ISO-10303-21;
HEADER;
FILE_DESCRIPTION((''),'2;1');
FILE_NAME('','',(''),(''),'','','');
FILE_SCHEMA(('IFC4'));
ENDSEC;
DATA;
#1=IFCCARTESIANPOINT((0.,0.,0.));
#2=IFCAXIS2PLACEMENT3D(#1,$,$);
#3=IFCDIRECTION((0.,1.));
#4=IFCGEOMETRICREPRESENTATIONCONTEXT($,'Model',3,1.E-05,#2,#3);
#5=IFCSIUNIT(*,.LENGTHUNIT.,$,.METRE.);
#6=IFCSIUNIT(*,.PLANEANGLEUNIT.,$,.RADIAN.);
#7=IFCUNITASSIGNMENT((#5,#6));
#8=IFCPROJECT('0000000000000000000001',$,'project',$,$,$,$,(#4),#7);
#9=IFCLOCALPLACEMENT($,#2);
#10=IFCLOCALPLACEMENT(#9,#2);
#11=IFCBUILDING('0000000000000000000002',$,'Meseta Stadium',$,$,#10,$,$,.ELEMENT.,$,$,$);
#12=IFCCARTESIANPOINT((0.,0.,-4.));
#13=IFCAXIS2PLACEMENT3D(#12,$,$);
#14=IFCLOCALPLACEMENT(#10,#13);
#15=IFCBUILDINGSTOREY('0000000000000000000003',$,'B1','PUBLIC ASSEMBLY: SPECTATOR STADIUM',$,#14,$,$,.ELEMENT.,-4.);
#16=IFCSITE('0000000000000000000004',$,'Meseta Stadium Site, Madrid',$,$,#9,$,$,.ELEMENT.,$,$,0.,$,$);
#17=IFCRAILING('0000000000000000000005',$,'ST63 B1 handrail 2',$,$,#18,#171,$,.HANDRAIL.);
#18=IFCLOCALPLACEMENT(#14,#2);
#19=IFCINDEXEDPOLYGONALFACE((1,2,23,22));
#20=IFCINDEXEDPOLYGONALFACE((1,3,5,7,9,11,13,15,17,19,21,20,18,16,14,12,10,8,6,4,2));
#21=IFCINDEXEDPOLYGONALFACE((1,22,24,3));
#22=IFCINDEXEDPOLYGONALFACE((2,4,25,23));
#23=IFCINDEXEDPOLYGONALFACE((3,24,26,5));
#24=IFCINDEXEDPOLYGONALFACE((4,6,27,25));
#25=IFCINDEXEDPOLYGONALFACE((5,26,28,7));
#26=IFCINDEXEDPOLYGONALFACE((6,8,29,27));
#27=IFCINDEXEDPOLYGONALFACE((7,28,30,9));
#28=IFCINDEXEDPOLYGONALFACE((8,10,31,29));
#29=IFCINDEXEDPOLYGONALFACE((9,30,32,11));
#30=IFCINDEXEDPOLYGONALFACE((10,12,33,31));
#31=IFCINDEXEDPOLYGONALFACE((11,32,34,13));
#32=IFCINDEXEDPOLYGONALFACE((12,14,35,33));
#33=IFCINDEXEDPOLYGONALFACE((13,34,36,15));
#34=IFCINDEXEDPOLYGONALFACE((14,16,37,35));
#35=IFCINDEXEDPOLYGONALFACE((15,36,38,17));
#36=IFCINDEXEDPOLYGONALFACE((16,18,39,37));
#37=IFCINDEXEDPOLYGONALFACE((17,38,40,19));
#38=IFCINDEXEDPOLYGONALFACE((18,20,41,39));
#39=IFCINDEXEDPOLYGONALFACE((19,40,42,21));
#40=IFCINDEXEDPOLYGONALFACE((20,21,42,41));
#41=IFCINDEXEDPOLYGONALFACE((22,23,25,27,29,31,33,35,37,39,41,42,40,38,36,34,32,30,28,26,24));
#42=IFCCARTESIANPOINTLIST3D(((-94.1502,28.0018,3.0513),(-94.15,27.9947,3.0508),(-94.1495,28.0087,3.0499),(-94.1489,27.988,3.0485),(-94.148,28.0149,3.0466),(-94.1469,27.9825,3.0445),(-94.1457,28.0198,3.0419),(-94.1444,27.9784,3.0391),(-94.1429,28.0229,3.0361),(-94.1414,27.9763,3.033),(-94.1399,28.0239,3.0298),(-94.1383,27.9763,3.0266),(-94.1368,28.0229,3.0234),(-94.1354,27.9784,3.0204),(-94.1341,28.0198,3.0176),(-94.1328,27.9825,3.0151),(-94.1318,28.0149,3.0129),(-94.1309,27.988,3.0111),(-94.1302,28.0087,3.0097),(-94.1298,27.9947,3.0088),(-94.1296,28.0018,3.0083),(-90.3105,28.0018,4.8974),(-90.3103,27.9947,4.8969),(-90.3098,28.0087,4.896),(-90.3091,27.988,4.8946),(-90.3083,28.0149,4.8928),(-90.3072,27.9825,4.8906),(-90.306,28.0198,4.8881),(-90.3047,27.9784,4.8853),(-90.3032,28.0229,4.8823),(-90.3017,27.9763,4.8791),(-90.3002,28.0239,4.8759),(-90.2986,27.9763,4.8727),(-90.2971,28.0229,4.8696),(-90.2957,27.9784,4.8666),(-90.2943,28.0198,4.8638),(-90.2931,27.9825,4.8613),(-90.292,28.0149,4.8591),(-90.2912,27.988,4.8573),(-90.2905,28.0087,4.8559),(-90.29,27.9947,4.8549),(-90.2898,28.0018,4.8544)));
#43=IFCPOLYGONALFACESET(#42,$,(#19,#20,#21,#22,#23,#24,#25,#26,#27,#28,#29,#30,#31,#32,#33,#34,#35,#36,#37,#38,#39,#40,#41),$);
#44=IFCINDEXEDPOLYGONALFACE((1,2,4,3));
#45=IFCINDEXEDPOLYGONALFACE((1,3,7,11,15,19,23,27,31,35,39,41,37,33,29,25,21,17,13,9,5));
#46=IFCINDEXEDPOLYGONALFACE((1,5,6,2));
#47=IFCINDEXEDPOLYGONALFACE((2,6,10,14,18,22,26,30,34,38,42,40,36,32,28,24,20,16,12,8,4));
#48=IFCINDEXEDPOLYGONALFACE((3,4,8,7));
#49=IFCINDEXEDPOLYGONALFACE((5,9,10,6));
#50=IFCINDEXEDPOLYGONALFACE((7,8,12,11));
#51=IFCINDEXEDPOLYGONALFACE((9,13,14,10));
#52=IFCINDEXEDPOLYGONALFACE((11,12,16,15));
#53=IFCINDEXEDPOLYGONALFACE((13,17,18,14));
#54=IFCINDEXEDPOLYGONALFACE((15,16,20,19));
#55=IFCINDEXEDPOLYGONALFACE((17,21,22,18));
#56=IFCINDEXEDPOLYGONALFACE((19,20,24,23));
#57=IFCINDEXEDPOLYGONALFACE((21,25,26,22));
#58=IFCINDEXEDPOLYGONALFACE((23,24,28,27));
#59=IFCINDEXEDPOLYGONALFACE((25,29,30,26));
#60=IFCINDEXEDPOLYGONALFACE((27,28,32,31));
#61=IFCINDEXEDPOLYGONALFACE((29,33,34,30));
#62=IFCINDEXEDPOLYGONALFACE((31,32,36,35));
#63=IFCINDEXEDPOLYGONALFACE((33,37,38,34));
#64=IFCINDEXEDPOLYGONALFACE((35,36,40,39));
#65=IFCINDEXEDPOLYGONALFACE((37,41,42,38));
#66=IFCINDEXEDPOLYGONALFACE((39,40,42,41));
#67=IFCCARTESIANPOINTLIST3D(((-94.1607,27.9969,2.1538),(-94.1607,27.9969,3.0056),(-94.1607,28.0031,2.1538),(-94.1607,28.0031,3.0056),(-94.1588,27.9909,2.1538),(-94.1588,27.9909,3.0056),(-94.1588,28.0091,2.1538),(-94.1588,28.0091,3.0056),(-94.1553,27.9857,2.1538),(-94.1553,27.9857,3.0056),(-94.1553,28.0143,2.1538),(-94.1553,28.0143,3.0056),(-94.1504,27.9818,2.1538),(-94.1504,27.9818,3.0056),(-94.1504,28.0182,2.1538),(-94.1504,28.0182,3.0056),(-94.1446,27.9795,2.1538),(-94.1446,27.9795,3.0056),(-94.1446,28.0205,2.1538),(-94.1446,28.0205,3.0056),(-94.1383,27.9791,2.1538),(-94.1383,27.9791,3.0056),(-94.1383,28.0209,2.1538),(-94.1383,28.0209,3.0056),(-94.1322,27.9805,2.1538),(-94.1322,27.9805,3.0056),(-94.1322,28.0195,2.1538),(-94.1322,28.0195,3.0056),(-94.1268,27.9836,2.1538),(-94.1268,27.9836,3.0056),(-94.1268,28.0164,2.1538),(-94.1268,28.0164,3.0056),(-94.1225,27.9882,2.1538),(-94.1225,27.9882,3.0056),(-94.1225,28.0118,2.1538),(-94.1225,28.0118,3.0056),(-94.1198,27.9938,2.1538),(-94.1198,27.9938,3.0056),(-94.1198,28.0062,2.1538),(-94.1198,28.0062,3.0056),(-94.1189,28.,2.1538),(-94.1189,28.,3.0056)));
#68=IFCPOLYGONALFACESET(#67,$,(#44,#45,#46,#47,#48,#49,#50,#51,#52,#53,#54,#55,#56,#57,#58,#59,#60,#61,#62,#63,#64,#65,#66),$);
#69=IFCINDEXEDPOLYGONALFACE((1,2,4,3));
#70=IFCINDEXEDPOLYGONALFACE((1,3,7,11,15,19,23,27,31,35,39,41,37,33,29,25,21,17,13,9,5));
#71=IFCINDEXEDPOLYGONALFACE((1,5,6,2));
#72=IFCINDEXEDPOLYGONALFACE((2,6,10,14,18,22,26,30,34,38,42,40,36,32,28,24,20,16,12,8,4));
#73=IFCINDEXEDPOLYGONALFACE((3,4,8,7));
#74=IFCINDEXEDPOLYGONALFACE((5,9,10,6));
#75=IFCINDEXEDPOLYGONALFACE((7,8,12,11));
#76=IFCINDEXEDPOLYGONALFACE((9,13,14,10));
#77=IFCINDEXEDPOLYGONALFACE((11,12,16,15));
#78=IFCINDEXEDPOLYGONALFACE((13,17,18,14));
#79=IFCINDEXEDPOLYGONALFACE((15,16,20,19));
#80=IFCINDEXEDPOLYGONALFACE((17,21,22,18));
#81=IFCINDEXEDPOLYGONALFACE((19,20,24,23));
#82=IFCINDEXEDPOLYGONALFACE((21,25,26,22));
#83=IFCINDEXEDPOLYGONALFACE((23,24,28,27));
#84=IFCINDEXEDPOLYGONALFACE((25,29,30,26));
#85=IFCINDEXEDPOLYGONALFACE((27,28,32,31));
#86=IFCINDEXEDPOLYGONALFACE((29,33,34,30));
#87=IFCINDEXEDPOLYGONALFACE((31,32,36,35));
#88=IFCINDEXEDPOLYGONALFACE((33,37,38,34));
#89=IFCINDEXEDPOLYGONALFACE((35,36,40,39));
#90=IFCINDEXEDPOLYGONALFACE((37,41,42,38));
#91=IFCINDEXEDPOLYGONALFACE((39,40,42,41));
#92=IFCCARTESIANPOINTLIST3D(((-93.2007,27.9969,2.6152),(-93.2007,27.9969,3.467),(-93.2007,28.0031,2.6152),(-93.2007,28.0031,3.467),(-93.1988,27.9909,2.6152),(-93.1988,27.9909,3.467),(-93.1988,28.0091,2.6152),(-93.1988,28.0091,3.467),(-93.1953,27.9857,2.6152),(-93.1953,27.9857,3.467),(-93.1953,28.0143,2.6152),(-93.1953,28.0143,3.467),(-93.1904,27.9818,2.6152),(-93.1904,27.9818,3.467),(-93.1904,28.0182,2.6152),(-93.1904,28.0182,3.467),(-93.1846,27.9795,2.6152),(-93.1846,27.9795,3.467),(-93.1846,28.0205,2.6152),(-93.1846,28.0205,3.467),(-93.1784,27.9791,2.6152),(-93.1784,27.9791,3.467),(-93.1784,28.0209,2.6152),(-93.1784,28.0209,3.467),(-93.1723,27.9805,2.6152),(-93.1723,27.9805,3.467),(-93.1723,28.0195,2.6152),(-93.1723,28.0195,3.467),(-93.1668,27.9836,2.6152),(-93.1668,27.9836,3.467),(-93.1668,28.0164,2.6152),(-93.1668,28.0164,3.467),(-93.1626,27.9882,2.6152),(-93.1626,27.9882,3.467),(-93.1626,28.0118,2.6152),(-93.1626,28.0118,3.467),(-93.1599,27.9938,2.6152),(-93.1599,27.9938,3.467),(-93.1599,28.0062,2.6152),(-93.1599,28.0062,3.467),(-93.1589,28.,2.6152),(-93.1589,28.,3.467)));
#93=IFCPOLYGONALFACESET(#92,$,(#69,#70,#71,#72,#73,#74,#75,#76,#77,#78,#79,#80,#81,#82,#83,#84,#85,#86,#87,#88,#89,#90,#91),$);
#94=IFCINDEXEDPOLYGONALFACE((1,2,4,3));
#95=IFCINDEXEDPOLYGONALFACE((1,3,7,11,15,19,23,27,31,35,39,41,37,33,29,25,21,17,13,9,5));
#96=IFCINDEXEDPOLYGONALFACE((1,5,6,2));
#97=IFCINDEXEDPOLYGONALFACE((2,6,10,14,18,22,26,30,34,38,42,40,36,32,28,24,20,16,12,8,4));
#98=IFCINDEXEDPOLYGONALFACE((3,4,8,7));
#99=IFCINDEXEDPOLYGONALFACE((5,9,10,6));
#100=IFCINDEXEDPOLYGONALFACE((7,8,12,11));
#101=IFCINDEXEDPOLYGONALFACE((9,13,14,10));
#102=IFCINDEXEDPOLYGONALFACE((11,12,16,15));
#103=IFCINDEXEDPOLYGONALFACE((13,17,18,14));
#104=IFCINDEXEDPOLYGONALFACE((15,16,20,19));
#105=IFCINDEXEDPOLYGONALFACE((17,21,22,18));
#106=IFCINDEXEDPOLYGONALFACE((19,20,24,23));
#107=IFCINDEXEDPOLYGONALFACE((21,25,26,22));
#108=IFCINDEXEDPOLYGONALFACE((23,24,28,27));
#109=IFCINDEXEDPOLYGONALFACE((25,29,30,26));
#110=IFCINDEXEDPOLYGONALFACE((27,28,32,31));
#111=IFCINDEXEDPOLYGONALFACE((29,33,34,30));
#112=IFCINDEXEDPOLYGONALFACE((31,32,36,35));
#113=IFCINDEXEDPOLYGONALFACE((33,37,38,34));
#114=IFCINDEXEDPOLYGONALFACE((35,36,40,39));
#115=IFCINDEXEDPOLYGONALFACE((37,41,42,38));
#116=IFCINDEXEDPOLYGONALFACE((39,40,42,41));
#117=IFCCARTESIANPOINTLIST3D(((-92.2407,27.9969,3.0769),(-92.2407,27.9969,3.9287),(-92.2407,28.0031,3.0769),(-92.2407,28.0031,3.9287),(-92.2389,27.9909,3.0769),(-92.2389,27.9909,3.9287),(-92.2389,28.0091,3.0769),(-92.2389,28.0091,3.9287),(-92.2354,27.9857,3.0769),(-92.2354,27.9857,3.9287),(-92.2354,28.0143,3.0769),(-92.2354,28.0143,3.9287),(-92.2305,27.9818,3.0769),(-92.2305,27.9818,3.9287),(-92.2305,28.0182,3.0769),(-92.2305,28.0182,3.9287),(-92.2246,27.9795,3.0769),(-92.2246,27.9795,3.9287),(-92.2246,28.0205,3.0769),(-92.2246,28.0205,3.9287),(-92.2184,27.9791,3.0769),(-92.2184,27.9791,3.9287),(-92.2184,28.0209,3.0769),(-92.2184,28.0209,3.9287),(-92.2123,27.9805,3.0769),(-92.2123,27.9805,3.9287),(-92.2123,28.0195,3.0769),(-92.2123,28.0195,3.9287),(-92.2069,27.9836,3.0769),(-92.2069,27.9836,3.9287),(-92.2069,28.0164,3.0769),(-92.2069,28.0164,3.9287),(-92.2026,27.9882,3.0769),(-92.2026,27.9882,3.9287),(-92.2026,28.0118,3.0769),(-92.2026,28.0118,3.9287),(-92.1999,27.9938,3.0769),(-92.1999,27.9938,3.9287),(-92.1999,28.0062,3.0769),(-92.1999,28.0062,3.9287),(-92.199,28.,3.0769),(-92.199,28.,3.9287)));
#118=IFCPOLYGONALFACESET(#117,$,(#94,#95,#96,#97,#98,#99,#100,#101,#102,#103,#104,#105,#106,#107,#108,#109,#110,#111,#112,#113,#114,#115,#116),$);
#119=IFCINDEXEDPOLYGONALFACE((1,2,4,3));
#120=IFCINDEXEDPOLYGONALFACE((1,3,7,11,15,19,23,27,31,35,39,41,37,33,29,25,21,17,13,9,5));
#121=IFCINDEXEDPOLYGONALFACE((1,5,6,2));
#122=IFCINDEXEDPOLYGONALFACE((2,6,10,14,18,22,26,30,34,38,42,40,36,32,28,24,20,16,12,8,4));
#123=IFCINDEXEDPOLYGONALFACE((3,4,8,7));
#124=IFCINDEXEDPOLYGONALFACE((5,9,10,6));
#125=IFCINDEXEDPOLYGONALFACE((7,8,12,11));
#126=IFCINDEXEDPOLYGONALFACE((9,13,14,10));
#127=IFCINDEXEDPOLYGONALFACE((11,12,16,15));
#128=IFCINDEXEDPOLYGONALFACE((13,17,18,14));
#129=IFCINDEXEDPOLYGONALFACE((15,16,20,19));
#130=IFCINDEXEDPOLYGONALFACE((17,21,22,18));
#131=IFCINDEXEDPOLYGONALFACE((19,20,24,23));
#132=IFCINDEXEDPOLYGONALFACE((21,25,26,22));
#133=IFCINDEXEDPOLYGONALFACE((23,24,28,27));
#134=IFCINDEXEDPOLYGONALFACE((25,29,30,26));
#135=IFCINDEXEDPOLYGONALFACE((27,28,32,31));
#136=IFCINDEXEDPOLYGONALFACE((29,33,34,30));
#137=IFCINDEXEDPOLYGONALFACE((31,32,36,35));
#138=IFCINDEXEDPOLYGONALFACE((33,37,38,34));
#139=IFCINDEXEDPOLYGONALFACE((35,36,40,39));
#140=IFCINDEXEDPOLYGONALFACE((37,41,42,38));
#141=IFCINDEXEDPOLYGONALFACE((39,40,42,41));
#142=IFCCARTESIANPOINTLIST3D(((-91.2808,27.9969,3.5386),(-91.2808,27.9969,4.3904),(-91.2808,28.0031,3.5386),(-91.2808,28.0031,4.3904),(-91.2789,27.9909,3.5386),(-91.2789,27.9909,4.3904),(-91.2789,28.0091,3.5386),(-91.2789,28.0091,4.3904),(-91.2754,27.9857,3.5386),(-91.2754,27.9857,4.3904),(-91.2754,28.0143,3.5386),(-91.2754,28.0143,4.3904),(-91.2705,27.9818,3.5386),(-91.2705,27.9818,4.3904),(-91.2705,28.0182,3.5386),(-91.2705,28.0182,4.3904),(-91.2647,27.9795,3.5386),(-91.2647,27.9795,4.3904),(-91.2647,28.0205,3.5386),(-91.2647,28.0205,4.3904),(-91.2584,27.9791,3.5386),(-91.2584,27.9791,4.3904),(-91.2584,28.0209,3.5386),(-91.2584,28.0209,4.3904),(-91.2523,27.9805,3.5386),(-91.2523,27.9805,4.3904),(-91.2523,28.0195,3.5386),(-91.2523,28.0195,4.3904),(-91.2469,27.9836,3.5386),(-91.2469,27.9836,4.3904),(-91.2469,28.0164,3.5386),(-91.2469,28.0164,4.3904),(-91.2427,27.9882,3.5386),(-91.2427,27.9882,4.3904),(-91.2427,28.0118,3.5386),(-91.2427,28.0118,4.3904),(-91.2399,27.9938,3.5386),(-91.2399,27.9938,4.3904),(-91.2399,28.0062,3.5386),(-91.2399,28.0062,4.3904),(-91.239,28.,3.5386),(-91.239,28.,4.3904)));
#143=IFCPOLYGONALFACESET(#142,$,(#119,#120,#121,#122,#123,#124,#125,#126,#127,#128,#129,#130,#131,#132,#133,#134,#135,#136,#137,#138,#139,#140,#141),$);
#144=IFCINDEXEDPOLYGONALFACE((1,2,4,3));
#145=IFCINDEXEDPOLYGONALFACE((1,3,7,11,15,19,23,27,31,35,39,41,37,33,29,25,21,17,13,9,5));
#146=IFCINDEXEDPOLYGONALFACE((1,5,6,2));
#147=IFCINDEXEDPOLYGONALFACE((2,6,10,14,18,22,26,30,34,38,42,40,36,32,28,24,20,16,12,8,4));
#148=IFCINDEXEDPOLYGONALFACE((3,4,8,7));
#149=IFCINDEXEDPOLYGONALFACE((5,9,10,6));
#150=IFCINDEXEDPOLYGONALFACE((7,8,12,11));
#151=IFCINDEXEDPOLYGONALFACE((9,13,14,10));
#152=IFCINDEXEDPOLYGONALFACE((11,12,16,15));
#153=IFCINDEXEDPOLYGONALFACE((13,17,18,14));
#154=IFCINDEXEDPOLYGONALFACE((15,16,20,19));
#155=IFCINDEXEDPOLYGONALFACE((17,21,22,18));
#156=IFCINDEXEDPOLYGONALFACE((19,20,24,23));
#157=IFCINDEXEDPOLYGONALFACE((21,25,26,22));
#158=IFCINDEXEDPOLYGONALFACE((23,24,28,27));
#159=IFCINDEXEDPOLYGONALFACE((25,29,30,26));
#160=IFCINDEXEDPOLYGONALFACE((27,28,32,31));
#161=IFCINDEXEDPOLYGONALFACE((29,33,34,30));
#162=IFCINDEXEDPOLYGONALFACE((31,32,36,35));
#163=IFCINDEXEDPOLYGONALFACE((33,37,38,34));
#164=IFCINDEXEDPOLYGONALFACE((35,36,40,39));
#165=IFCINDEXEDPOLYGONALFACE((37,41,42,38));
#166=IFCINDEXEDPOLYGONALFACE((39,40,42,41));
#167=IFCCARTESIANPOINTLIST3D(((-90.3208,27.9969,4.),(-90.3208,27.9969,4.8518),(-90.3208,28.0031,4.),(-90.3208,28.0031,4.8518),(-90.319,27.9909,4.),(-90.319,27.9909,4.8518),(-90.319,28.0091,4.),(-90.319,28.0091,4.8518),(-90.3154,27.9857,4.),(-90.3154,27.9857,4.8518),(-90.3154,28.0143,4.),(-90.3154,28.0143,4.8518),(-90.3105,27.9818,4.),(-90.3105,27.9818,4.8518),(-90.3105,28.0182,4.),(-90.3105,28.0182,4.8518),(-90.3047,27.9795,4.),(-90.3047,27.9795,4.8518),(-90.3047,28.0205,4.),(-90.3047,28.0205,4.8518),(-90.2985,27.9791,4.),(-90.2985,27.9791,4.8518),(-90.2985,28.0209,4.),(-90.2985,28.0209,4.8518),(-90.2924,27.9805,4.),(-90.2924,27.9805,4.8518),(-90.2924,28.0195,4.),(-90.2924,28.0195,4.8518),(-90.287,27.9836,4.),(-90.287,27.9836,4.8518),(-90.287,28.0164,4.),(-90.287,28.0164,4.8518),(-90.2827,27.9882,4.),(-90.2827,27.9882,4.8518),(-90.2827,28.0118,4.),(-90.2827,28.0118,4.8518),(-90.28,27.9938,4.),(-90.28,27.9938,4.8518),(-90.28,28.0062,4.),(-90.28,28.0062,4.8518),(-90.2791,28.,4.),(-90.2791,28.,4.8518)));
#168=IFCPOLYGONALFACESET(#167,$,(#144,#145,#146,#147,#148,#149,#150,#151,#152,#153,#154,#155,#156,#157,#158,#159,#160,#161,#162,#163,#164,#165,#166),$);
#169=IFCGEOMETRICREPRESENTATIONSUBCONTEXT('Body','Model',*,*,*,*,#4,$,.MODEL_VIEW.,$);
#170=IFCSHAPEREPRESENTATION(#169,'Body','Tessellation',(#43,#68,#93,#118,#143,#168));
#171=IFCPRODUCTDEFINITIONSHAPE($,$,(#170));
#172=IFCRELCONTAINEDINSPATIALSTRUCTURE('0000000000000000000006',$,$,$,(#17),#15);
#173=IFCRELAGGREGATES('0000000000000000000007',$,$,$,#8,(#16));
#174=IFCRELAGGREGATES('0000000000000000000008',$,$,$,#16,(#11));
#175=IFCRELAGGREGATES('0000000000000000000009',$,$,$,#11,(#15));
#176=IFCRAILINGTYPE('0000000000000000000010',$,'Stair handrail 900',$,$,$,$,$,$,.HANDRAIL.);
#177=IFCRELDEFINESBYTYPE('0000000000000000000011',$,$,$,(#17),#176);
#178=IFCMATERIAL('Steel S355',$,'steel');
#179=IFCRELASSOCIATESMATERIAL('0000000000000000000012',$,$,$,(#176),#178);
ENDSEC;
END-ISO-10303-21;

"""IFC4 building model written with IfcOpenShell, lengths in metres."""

from ifc_helpers import new_model, si_unit, direction, frame, origin, origin_2d, place, context, subcontext, project, spatial, circle, extrude, material, type_object, element, save


model = new_model("IFC4")

# Units and contexts
model_context = context("Model", 3, precision=1e-05, world=origin(), true_north=direction((0.0, 1.0)))
body_context = subcontext(model_context, "Body", "Model", "MODEL_VIEW")
ifc_project = project(units=[si_unit("LENGTHUNIT", "METRE"), si_unit("PLANEANGLEUNIT", "RADIAN")], contexts=[model_context])

# Site, building, storey
site_placement = place(None, origin())
site = spatial("IfcSite", under=ifc_project, at=site_placement, Name="Meseta Stadium Site, Madrid", CompositionType="ELEMENT", RefElevation=0.0)
building_placement = place(site_placement, origin())
building = spatial("IfcBuilding", under=site, at=building_placement, Name="Meseta Stadium", CompositionType="ELEMENT")
storey_placement = place(building_placement, frame((0.0, 0.0, -4.0)))
storey = spatial("IfcBuildingStorey", under=building, at=storey_placement, Name="B1", Description="PUBLIC ASSEMBLY: SPECTATOR STADIUM", CompositionType="ELEMENT", Elevation=-4.0)

# Railing
ifc_material_1 = material(Name="Steel S355", Category="steel")
railing_type_1 = type_object("IfcRailingType", Name="Stair handrail 900", PredefinedType="HANDRAIL", material=ifc_material_1)
for number, where, name in (
    (1, (-94.1399, 28.0, 2.1538), "ST63 B1 handrail 2"),
):
    element("IfcRailing", number, at=place(storey_placement, frame(where)), inside=storey, type_object=railing_type_1, Name=name, PredefinedType="HANDRAIL", context=body_context, shape_type="SweptSolid", body=[
        extrude(circle(Radius=0.0239, at=origin_2d()), frame((0.0, 0.0, 0.876), z_axis=(0.901242, 0.0, 0.433316), x_axis=(0.0, 1.0, 0.0)), (0.0, 0.0, 1.0), 4.2605),
        extrude(circle(Radius=0.021, at=origin_2d()), origin(), (0.0, 0.0, 1.0), 0.8518),
        extrude(circle(Radius=0.021, at=origin_2d()), frame((0.96, 0.0, 0.4614)), (0.0, 0.0, 1.0), 0.8518),
        extrude(circle(Radius=0.021, at=origin_2d()), frame((1.9199, 0.0, 0.9231)), (0.0, 0.0, 1.0), 0.8518),
        extrude(circle(Radius=0.021, at=origin_2d()), frame((2.8799, 0.0, 1.3848)), (0.0, 0.0, 1.0), 0.8518),
        extrude(circle(Radius=0.021, at=origin_2d()), frame((3.8398, 0.0, 1.8462)), (0.0, 0.0, 1.0), 0.8518),
    ])

save(model, "model.ifc")
